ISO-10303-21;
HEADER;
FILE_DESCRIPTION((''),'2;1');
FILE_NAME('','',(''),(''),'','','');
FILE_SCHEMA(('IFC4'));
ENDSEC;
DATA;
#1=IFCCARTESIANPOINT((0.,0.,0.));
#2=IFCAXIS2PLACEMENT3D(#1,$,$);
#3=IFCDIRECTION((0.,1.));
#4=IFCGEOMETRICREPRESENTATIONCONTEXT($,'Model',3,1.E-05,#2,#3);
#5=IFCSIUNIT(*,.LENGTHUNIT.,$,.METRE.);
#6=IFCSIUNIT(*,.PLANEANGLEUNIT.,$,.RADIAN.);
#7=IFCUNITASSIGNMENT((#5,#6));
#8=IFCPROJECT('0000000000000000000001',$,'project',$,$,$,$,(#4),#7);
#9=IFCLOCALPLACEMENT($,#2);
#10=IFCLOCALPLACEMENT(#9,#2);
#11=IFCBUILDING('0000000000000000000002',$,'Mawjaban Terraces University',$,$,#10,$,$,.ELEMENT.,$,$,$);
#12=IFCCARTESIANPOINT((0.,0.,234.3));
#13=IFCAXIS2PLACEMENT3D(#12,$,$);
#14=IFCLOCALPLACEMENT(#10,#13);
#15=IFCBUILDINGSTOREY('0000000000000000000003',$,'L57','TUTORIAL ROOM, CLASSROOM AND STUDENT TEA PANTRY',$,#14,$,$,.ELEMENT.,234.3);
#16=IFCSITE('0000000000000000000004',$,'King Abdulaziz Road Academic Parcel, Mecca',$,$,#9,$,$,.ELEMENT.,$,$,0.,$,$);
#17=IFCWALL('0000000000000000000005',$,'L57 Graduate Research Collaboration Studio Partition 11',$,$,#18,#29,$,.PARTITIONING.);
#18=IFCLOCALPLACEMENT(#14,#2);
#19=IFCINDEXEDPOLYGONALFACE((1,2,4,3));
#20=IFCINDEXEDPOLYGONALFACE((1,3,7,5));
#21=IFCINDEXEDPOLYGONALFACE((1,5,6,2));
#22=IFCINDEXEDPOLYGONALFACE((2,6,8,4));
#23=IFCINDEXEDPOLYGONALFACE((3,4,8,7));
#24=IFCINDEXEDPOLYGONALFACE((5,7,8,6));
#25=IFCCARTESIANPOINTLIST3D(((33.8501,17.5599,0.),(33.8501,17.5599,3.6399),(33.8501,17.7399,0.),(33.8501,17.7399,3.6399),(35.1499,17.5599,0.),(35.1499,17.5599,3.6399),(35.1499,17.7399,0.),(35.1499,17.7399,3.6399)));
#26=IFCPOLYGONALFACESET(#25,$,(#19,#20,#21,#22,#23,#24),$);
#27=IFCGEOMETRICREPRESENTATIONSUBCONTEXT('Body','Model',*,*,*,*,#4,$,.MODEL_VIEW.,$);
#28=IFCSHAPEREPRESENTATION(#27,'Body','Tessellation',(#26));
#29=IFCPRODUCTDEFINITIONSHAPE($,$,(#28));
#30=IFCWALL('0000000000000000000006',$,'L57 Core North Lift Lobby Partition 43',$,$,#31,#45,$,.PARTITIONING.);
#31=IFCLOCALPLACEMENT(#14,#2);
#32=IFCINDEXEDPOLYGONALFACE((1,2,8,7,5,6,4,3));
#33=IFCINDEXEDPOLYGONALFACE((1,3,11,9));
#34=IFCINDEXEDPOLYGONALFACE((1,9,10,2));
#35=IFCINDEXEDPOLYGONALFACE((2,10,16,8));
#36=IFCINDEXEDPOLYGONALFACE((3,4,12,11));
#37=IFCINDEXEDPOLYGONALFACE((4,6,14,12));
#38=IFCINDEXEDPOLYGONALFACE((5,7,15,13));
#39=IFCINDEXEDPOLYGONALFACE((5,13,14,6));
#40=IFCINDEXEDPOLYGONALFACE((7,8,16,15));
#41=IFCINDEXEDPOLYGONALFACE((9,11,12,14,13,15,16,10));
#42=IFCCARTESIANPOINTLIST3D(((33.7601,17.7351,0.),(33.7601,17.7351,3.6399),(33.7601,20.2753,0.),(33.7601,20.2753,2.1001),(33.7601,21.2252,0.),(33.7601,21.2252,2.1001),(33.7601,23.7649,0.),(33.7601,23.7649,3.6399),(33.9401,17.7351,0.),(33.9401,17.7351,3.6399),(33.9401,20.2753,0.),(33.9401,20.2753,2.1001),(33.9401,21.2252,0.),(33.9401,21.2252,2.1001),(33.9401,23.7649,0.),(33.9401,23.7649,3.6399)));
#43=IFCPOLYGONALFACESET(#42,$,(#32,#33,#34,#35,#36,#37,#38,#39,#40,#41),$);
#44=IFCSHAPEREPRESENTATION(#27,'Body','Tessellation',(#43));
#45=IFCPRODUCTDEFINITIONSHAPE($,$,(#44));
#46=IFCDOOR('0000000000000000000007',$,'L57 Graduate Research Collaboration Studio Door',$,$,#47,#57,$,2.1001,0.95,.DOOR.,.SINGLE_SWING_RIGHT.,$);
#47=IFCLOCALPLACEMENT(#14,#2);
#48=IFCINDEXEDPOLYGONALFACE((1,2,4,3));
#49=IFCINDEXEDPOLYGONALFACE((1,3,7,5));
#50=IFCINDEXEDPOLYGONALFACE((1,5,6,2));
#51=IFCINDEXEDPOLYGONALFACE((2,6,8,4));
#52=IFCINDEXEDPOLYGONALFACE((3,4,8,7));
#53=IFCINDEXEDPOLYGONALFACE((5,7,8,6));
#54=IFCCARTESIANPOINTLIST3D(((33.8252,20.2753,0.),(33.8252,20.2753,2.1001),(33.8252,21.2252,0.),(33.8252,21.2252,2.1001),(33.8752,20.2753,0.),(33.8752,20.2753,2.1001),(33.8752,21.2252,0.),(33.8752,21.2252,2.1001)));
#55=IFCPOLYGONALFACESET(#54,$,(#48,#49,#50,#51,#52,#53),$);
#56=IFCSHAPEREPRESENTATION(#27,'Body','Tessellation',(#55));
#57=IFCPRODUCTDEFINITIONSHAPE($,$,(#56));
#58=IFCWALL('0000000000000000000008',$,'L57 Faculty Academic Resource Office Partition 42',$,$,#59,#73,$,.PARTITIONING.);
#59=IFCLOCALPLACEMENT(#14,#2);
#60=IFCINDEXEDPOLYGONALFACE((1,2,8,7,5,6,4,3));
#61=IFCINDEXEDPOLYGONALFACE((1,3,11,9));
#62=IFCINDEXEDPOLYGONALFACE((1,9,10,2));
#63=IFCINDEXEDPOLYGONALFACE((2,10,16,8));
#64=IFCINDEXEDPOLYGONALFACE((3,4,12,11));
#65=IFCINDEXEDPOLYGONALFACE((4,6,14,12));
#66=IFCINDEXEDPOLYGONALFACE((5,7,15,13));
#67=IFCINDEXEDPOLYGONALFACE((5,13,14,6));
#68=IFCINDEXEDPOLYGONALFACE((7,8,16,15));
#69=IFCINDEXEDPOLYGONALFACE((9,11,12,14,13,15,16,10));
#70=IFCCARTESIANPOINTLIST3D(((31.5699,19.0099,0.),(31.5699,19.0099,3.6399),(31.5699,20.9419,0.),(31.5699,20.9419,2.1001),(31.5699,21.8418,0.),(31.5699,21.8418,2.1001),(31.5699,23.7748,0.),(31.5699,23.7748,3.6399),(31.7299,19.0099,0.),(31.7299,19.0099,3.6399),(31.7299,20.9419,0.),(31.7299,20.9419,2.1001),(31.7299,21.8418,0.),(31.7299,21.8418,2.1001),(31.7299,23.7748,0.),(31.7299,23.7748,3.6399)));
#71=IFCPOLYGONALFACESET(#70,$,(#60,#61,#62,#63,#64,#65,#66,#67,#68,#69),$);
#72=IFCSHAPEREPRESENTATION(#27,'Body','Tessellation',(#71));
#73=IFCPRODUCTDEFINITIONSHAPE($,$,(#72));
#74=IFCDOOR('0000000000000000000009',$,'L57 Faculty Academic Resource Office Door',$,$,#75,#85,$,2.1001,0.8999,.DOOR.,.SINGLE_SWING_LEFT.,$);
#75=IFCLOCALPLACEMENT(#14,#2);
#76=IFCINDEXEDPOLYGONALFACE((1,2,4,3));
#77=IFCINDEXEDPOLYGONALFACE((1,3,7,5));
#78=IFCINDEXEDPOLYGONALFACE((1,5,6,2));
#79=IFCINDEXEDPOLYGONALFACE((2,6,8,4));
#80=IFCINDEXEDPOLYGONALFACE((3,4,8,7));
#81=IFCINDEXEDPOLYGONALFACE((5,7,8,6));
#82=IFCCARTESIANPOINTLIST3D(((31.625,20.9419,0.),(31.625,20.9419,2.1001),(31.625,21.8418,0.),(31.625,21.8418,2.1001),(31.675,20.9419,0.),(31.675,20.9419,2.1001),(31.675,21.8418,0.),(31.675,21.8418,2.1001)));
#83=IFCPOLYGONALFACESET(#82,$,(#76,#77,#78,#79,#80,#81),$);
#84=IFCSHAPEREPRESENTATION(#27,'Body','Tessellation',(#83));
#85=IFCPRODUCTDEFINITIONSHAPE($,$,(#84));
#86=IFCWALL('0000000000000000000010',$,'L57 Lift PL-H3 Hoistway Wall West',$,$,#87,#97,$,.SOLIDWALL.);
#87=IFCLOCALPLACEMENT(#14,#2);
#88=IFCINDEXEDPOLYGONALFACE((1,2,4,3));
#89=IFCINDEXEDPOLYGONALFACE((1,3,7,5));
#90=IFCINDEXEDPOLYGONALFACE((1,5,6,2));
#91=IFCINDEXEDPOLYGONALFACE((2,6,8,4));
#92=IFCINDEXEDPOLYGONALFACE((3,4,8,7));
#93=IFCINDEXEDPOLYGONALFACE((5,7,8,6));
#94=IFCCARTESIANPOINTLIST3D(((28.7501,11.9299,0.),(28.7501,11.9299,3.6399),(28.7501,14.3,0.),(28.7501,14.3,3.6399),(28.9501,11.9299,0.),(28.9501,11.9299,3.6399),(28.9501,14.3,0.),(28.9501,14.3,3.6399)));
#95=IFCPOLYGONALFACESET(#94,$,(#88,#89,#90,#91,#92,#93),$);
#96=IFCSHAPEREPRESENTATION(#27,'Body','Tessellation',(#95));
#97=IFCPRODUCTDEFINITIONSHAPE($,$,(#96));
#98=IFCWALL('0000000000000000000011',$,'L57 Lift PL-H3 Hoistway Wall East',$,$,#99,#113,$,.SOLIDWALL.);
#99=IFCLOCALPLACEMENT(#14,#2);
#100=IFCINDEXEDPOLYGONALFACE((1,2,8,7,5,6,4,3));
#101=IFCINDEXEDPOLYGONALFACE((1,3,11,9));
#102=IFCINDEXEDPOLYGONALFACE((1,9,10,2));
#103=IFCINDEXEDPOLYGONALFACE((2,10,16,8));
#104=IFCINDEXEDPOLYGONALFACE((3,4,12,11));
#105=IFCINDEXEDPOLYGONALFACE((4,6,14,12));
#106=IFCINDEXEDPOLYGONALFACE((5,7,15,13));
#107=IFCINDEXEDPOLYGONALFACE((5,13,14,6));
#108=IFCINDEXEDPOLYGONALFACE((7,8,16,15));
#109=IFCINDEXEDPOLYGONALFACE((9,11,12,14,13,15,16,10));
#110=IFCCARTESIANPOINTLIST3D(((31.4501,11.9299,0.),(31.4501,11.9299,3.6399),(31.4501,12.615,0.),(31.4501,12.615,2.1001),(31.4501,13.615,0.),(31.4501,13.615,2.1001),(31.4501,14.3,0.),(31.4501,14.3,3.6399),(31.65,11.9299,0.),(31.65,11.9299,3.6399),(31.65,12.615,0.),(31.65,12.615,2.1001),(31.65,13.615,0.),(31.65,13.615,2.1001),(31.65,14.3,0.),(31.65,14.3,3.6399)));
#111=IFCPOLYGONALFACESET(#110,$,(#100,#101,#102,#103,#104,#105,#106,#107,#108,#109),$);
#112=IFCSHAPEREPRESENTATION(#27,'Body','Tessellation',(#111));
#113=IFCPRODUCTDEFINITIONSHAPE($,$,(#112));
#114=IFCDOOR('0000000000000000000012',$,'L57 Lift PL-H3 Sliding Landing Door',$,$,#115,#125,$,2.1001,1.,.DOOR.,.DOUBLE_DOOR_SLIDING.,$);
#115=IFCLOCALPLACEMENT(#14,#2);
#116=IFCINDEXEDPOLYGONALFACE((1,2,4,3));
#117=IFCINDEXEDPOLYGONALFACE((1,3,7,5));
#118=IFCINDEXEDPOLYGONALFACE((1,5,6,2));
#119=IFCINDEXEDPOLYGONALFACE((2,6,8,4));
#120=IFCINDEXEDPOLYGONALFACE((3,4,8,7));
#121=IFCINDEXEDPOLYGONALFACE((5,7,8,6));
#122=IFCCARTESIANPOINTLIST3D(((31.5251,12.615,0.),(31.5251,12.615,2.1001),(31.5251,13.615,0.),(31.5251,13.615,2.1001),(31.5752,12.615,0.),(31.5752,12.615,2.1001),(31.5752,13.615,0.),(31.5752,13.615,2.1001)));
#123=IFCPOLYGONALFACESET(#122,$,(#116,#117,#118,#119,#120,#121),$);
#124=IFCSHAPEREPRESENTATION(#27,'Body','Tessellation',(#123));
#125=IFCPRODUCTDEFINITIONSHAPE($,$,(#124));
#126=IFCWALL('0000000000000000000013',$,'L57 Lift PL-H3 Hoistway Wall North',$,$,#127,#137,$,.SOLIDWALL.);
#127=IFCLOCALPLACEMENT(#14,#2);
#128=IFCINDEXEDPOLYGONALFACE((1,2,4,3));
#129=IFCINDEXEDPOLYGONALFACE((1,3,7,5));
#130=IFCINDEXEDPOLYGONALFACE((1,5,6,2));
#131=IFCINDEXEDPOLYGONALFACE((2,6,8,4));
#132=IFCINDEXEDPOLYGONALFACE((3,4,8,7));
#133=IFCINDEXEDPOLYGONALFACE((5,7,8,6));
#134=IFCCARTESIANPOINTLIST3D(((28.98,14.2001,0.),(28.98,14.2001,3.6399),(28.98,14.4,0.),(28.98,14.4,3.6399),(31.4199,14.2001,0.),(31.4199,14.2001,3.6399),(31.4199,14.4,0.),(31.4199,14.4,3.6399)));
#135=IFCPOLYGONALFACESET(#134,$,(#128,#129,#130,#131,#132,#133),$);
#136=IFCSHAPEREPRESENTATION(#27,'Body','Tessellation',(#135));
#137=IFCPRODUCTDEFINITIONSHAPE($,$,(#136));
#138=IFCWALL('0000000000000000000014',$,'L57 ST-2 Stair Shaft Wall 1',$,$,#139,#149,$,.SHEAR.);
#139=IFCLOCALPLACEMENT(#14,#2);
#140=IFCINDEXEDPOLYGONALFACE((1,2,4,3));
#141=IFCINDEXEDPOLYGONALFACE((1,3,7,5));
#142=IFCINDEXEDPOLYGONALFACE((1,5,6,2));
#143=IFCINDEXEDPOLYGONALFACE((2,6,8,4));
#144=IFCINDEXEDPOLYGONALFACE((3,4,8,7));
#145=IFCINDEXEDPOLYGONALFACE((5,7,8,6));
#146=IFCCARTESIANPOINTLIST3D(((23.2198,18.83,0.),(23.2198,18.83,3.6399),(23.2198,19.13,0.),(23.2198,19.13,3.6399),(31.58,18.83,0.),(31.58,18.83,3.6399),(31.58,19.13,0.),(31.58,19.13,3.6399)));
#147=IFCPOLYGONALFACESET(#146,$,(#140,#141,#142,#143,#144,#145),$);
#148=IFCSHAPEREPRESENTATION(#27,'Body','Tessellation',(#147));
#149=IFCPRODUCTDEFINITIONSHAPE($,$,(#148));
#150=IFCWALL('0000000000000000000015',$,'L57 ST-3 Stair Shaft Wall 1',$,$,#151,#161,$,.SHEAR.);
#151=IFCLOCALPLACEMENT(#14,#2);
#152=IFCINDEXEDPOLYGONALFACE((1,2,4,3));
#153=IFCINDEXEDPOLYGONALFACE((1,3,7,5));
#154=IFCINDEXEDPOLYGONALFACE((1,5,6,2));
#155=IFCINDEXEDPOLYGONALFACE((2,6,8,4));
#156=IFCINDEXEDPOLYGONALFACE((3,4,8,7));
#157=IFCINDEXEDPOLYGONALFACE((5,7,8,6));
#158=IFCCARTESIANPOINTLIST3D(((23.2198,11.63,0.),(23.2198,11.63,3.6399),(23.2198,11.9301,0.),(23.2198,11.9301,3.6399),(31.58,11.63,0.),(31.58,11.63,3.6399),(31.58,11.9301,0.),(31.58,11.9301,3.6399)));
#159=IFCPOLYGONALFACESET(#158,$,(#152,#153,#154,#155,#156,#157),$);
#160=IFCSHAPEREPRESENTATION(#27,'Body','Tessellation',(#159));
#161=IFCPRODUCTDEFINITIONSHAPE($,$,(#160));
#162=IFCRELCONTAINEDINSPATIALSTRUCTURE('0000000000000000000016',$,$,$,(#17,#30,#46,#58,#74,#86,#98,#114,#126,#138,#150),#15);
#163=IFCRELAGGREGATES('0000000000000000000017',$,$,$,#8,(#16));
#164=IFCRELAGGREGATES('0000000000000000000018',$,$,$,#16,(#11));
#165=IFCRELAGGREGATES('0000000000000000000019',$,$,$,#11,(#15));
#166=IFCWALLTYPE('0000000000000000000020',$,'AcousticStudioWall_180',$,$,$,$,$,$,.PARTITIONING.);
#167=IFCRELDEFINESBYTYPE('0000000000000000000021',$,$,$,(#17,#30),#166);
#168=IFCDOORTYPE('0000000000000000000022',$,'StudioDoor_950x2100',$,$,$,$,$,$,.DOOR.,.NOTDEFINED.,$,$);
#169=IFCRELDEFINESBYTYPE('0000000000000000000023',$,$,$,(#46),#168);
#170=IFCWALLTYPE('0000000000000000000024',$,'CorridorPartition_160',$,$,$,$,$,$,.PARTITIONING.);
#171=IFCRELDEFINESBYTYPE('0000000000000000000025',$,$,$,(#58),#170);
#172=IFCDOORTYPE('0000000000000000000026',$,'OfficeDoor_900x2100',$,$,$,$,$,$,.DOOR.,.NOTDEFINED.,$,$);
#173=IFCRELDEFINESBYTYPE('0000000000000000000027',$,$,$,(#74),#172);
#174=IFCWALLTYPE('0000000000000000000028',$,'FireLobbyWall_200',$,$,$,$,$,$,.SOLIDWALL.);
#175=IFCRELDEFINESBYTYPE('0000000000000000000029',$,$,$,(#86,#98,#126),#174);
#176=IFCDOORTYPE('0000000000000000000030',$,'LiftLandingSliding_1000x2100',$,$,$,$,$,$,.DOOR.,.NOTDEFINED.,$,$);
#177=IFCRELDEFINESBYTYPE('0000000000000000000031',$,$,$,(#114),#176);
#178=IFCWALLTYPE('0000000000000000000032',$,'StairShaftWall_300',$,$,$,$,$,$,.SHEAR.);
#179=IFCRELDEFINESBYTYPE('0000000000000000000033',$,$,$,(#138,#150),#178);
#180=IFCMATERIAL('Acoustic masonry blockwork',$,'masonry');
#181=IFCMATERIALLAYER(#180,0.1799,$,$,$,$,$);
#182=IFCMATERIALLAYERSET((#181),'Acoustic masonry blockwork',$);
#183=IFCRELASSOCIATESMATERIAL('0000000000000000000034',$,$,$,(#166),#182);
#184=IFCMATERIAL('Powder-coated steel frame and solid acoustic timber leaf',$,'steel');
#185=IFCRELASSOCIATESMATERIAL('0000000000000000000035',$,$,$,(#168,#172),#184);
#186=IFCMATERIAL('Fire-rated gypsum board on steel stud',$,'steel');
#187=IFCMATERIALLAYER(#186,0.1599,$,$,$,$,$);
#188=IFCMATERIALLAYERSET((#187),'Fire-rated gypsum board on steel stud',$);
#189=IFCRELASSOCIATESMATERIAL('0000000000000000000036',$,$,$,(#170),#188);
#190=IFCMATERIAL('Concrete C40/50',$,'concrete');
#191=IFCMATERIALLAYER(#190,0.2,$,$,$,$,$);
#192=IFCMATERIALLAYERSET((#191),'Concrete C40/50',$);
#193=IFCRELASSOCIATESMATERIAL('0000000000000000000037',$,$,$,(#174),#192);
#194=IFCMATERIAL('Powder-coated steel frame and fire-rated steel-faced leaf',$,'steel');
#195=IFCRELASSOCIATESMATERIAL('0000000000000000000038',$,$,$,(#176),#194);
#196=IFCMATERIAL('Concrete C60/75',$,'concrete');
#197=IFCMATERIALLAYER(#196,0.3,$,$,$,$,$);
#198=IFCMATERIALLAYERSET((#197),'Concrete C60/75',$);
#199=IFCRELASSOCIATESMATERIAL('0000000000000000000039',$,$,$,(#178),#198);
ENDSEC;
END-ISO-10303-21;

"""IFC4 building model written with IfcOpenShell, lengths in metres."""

from ifc_helpers import new_model, si_unit, direction, frame, frame_2d, origin, place, context, subcontext, project, spatial, rectangle, extrude, material, layer, layer_set, type_object, element, fill, save


model = new_model("IFC4")

# Units and contexts
model_context = context("Model", 3, precision=1e-05, world=origin(), true_north=direction((0.0, 1.0)))
body_context = subcontext(model_context, "Body", "Model", "MODEL_VIEW")
ifc_project = project(units=[si_unit("LENGTHUNIT", "METRE"), si_unit("PLANEANGLEUNIT", "RADIAN")], contexts=[model_context])

# Site, building, storey
site_placement = place(None, origin())
site = spatial("IfcSite", under=ifc_project, at=site_placement, Name="King Abdulaziz Road Academic Parcel, Mecca", CompositionType="ELEMENT", RefElevation=0.0)
building_placement = place(site_placement, origin())
building = spatial("IfcBuilding", under=site, at=building_placement, Name="Mawjaban Terraces University", CompositionType="ELEMENT")
storey_placement = place(building_placement, frame((0.0, 0.0, 234.3)))
storey = spatial("IfcBuildingStorey", under=building, at=storey_placement, Name="L57", Description="TUTORIAL ROOM, CLASSROOM AND STUDENT TEA PANTRY", CompositionType="ELEMENT", Elevation=234.3)

# Wall
ifc_material_1 = material(Name="Acoustic masonry blockwork", Category="masonry")
ifc_layer_1 = layer(ifc_material_1, 0.1799)
ifc_layer_set_1 = layer_set([ifc_layer_1], Name="Acoustic masonry blockwork")
wall_type_1 = type_object("IfcWallType", Name="AcousticStudioWall_180", PredefinedType="PARTITIONING", material=ifc_layer_set_1)
wall_1_placement = place(storey_placement, frame((33.8501, 17.6499, 0.0), z_axis=(0.0, 0.0, 1.0), x_axis=(1.0, 0.0, 0.0)))
element("IfcWall", 1, at=wall_1_placement, inside=storey, type_object=wall_type_1, Name="L57 Graduate Research Collaboration Studio Partition 11", PredefinedType="PARTITIONING", context=body_context, shape_type="SweptSolid", body=[
    extrude(rectangle(XDim=1.2998, YDim=0.1799, at=frame_2d((0.6499, 0.0))), origin(), (0.0, 0.0, 1.0), 3.6399),
])

# Walls, openings, doors
wall_2_placement = place(storey_placement, frame((33.8501, 17.7351, 0.0), z_axis=(0.0, 0.0, 1.0), x_axis=(0.0, 1.0, 0.0)))
wall_2 = element("IfcWall", 2, at=wall_2_placement, inside=storey, type_object=wall_type_1, Name="L57 Core North Lift Lobby Partition 43", PredefinedType="PARTITIONING", context=body_context, shape_type="SweptSolid", body=[
    extrude(rectangle(XDim=6.0298, YDim=0.1799, at=frame_2d((3.0149, 0.0))), origin(), (0.0, 0.0, 1.0), 3.6399),
])
opening_1_placement = place(wall_2_placement, frame((2.54, 0.0, 0.0)))
opening_1 = element("IfcOpeningElement", 3, at=opening_1_placement, cuts=wall_2, PredefinedType="OPENING", context=body_context, shape_type="SweptSolid", body=[
    extrude(rectangle(XDim=0.95, YDim=2.1001, at=frame_2d((0.4751, 1.05))), frame((0.0, 0.0999, 0.0), z_axis=(0.0, -1.0, 0.0), x_axis=(1.0, 0.0, 0.0)), (0.0, 0.0, 1.0), 0.2),
])
ifc_material_2 = material(Name="Powder-coated steel frame and solid acoustic timber leaf", Category="steel")
door_type_1 = type_object("IfcDoorType", Name="StudioDoor_950x2100", OperationType="NOTDEFINED", PredefinedType="DOOR", material=ifc_material_2)
door_1_placement = place(opening_1_placement, origin())
door_1 = element("IfcDoor", 4, at=door_1_placement, inside=storey, type_object=door_type_1, Name="L57 Graduate Research Collaboration Studio Door", OperationType="SINGLE_SWING_RIGHT", OverallHeight=2.1001, OverallWidth=0.95, PredefinedType="DOOR", context=body_context, shape_type="SweptSolid", body=[
    extrude(rectangle(XDim=0.95, YDim=2.1001, at=frame_2d((0.4751, 1.05))), frame((0.0, 0.0249, 0.0), z_axis=(0.0, -1.0, 0.0), x_axis=(1.0, 0.0, 0.0)), (0.0, 0.0, 1.0), 0.05),
])
fill(opening_1, door_1)
ifc_material_3 = material(Name="Fire-rated gypsum board on steel stud", Category="steel")
ifc_layer_2 = layer(ifc_material_3, 0.1599)
ifc_layer_set_2 = layer_set([ifc_layer_2], Name="Fire-rated gypsum board on steel stud")
wall_type_2 = type_object("IfcWallType", Name="CorridorPartition_160", PredefinedType="PARTITIONING", material=ifc_layer_set_2)
wall_3_placement = place(storey_placement, frame((31.6499, 19.01, 0.0), z_axis=(0.0, 0.0, 1.0), x_axis=(0.0, 1.0, 0.0)))
wall_3 = element("IfcWall", 5, at=wall_3_placement, inside=storey, type_object=wall_type_2, Name="L57 Faculty Academic Resource Office Partition 42", PredefinedType="PARTITIONING", context=body_context, shape_type="SweptSolid", body=[
    extrude(rectangle(XDim=4.7649, YDim=0.1599, at=frame_2d((2.3823, 0.0))), origin(), (0.0, 0.0, 1.0), 3.6399),
])
opening_2_placement = place(wall_3_placement, frame((1.9319, 0.0, 0.0)))
opening_2 = element("IfcOpeningElement", 6, at=opening_2_placement, cuts=wall_3, PredefinedType="OPENING", context=body_context, shape_type="SweptSolid", body=[
    extrude(rectangle(XDim=0.8999, YDim=2.1001, at=frame_2d((0.45, 1.05))), frame((0.0, 0.0898, 0.0), z_axis=(0.0, -1.0, 0.0), x_axis=(1.0, 0.0, 0.0)), (0.0, 0.0, 1.0), 0.1799),
])
door_type_2 = type_object("IfcDoorType", Name="OfficeDoor_900x2100", OperationType="NOTDEFINED", PredefinedType="DOOR", material=ifc_material_2)
door_2_placement = place(opening_2_placement, origin())
door_2 = element("IfcDoor", 7, at=door_2_placement, inside=storey, type_object=door_type_2, Name="L57 Faculty Academic Resource Office Door", OperationType="SINGLE_SWING_LEFT", OverallHeight=2.1001, OverallWidth=0.8999, PredefinedType="DOOR", context=body_context, shape_type="SweptSolid", body=[
    extrude(rectangle(XDim=0.8999, YDim=2.1001, at=frame_2d((0.45, 1.05))), frame((0.0, 0.0249, 0.0), z_axis=(0.0, -1.0, 0.0), x_axis=(1.0, 0.0, 0.0)), (0.0, 0.0, 1.0), 0.05),
])
fill(opening_2, door_2)

# Wall
ifc_material_4 = material(Name="Concrete C40/50", Category="concrete")
ifc_layer_3 = layer(ifc_material_4, 0.2)
ifc_layer_set_3 = layer_set([ifc_layer_3], Name="Concrete C40/50")
wall_type_3 = type_object("IfcWallType", Name="FireLobbyWall_200", PredefinedType="SOLIDWALL", material=ifc_layer_set_3)
wall_4_placement = place(storey_placement, frame((28.8501, 14.3, 0.0), z_axis=(0.0, 0.0, 1.0), x_axis=(0.0, -1.0, 0.0)))
element("IfcWall", 8, at=wall_4_placement, inside=storey, type_object=wall_type_3, Name="L57 Lift PL-H3 Hoistway Wall West", PredefinedType="SOLIDWALL", context=body_context, shape_type="SweptSolid", body=[
    extrude(rectangle(XDim=2.3701, YDim=0.2, at=frame_2d((1.1851, 0.0))), origin(), (0.0, 0.0, 1.0), 3.6399),
])

# Wall, opening, door
wall_5_placement = place(storey_placement, frame((31.55, 11.9299, 0.0), z_axis=(0.0, 0.0, 1.0), x_axis=(0.0, 1.0, 0.0)))
wall_5 = element("IfcWall", 9, at=wall_5_placement, inside=storey, type_object=wall_type_3, Name="L57 Lift PL-H3 Hoistway Wall East", PredefinedType="SOLIDWALL", context=body_context, shape_type="SweptSolid", body=[
    extrude(rectangle(XDim=2.3701, YDim=0.2, at=frame_2d((1.1851, 0.0))), origin(), (0.0, 0.0, 1.0), 3.6399),
])
opening_3_placement = place(wall_5_placement, frame((0.6851, 0.0, 0.0)))
opening_3 = element("IfcOpeningElement", 10, at=opening_3_placement, cuts=wall_5, PredefinedType="OPENING", context=body_context, shape_type="SweptSolid", body=[
    extrude(rectangle(XDim=1.0, YDim=2.1001, at=frame_2d((0.5, 1.05))), frame((0.0, 0.1099, 0.0), z_axis=(0.0, -1.0, 0.0), x_axis=(1.0, 0.0, 0.0)), (0.0, 0.0, 1.0), 0.22),
])
ifc_material_5 = material(Name="Powder-coated steel frame and fire-rated steel-faced leaf", Category="steel")
door_type_3 = type_object("IfcDoorType", Name="LiftLandingSliding_1000x2100", OperationType="NOTDEFINED", PredefinedType="DOOR", material=ifc_material_5)
door_3_placement = place(opening_3_placement, origin())
door_3 = element("IfcDoor", 11, at=door_3_placement, inside=storey, type_object=door_type_3, Name="L57 Lift PL-H3 Sliding Landing Door", OperationType="DOUBLE_DOOR_SLIDING", OverallHeight=2.1001, OverallWidth=1.0, PredefinedType="DOOR", context=body_context, shape_type="SweptSolid", body=[
    extrude(rectangle(XDim=1.0, YDim=2.1001, at=frame_2d((0.5, 1.05))), frame((0.0, 0.0249, 0.0), z_axis=(0.0, -1.0, 0.0), x_axis=(1.0, 0.0, 0.0)), (0.0, 0.0, 1.0), 0.05),
])
fill(opening_3, door_3)

# Walls
wall_6_placement = place(storey_placement, frame((31.4199, 14.3, 0.0), z_axis=(0.0, 0.0, 1.0), x_axis=(-1.0, 0.0, 0.0)))
element("IfcWall", 12, at=wall_6_placement, inside=storey, type_object=wall_type_3, Name="L57 Lift PL-H3 Hoistway Wall North", PredefinedType="SOLIDWALL", context=body_context, shape_type="SweptSolid", body=[
    extrude(rectangle(XDim=2.4399, YDim=0.2, at=frame_2d((1.22, 0.0))), origin(), (0.0, 0.0, 1.0), 3.6399),
])
ifc_material_6 = material(Name="Concrete C60/75", Category="concrete")
ifc_layer_4 = layer(ifc_material_6, 0.3)
ifc_layer_set_4 = layer_set([ifc_layer_4], Name="Concrete C60/75")
wall_type_4 = type_object("IfcWallType", Name="StairShaftWall_300", PredefinedType="SHEAR", material=ifc_layer_set_4)
wall_7_placement = place(storey_placement, frame((31.5801, 18.98, 0.0), z_axis=(0.0, 0.0, 1.0), x_axis=(-1.0, 0.0, 0.0)))
element("IfcWall", 13, at=wall_7_placement, inside=storey, type_object=wall_type_4, Name="L57 ST-2 Stair Shaft Wall 1", PredefinedType="SHEAR", context=body_context, shape_type="SweptSolid", body=[
    extrude(rectangle(XDim=8.3601, YDim=0.3, at=frame_2d((4.1802, 0.0))), origin(), (0.0, 0.0, 1.0), 3.6399),
])

# Wall
wall_8_placement = place(storey_placement, frame((31.5801, 11.78, 0.0), z_axis=(0.0, 0.0, 1.0), x_axis=(-1.0, 0.0, 0.0)))
element("IfcWall", 14, at=wall_8_placement, inside=storey, type_object=wall_type_4, Name="L57 ST-3 Stair Shaft Wall 1", PredefinedType="SHEAR", context=body_context, shape_type="SweptSolid", body=[
    extrude(rectangle(XDim=8.3601, YDim=0.3, at=frame_2d((4.1802, 0.0))), origin(), (0.0, 0.0, 1.0), 3.6399),
])

save(model, "model.ifc")
